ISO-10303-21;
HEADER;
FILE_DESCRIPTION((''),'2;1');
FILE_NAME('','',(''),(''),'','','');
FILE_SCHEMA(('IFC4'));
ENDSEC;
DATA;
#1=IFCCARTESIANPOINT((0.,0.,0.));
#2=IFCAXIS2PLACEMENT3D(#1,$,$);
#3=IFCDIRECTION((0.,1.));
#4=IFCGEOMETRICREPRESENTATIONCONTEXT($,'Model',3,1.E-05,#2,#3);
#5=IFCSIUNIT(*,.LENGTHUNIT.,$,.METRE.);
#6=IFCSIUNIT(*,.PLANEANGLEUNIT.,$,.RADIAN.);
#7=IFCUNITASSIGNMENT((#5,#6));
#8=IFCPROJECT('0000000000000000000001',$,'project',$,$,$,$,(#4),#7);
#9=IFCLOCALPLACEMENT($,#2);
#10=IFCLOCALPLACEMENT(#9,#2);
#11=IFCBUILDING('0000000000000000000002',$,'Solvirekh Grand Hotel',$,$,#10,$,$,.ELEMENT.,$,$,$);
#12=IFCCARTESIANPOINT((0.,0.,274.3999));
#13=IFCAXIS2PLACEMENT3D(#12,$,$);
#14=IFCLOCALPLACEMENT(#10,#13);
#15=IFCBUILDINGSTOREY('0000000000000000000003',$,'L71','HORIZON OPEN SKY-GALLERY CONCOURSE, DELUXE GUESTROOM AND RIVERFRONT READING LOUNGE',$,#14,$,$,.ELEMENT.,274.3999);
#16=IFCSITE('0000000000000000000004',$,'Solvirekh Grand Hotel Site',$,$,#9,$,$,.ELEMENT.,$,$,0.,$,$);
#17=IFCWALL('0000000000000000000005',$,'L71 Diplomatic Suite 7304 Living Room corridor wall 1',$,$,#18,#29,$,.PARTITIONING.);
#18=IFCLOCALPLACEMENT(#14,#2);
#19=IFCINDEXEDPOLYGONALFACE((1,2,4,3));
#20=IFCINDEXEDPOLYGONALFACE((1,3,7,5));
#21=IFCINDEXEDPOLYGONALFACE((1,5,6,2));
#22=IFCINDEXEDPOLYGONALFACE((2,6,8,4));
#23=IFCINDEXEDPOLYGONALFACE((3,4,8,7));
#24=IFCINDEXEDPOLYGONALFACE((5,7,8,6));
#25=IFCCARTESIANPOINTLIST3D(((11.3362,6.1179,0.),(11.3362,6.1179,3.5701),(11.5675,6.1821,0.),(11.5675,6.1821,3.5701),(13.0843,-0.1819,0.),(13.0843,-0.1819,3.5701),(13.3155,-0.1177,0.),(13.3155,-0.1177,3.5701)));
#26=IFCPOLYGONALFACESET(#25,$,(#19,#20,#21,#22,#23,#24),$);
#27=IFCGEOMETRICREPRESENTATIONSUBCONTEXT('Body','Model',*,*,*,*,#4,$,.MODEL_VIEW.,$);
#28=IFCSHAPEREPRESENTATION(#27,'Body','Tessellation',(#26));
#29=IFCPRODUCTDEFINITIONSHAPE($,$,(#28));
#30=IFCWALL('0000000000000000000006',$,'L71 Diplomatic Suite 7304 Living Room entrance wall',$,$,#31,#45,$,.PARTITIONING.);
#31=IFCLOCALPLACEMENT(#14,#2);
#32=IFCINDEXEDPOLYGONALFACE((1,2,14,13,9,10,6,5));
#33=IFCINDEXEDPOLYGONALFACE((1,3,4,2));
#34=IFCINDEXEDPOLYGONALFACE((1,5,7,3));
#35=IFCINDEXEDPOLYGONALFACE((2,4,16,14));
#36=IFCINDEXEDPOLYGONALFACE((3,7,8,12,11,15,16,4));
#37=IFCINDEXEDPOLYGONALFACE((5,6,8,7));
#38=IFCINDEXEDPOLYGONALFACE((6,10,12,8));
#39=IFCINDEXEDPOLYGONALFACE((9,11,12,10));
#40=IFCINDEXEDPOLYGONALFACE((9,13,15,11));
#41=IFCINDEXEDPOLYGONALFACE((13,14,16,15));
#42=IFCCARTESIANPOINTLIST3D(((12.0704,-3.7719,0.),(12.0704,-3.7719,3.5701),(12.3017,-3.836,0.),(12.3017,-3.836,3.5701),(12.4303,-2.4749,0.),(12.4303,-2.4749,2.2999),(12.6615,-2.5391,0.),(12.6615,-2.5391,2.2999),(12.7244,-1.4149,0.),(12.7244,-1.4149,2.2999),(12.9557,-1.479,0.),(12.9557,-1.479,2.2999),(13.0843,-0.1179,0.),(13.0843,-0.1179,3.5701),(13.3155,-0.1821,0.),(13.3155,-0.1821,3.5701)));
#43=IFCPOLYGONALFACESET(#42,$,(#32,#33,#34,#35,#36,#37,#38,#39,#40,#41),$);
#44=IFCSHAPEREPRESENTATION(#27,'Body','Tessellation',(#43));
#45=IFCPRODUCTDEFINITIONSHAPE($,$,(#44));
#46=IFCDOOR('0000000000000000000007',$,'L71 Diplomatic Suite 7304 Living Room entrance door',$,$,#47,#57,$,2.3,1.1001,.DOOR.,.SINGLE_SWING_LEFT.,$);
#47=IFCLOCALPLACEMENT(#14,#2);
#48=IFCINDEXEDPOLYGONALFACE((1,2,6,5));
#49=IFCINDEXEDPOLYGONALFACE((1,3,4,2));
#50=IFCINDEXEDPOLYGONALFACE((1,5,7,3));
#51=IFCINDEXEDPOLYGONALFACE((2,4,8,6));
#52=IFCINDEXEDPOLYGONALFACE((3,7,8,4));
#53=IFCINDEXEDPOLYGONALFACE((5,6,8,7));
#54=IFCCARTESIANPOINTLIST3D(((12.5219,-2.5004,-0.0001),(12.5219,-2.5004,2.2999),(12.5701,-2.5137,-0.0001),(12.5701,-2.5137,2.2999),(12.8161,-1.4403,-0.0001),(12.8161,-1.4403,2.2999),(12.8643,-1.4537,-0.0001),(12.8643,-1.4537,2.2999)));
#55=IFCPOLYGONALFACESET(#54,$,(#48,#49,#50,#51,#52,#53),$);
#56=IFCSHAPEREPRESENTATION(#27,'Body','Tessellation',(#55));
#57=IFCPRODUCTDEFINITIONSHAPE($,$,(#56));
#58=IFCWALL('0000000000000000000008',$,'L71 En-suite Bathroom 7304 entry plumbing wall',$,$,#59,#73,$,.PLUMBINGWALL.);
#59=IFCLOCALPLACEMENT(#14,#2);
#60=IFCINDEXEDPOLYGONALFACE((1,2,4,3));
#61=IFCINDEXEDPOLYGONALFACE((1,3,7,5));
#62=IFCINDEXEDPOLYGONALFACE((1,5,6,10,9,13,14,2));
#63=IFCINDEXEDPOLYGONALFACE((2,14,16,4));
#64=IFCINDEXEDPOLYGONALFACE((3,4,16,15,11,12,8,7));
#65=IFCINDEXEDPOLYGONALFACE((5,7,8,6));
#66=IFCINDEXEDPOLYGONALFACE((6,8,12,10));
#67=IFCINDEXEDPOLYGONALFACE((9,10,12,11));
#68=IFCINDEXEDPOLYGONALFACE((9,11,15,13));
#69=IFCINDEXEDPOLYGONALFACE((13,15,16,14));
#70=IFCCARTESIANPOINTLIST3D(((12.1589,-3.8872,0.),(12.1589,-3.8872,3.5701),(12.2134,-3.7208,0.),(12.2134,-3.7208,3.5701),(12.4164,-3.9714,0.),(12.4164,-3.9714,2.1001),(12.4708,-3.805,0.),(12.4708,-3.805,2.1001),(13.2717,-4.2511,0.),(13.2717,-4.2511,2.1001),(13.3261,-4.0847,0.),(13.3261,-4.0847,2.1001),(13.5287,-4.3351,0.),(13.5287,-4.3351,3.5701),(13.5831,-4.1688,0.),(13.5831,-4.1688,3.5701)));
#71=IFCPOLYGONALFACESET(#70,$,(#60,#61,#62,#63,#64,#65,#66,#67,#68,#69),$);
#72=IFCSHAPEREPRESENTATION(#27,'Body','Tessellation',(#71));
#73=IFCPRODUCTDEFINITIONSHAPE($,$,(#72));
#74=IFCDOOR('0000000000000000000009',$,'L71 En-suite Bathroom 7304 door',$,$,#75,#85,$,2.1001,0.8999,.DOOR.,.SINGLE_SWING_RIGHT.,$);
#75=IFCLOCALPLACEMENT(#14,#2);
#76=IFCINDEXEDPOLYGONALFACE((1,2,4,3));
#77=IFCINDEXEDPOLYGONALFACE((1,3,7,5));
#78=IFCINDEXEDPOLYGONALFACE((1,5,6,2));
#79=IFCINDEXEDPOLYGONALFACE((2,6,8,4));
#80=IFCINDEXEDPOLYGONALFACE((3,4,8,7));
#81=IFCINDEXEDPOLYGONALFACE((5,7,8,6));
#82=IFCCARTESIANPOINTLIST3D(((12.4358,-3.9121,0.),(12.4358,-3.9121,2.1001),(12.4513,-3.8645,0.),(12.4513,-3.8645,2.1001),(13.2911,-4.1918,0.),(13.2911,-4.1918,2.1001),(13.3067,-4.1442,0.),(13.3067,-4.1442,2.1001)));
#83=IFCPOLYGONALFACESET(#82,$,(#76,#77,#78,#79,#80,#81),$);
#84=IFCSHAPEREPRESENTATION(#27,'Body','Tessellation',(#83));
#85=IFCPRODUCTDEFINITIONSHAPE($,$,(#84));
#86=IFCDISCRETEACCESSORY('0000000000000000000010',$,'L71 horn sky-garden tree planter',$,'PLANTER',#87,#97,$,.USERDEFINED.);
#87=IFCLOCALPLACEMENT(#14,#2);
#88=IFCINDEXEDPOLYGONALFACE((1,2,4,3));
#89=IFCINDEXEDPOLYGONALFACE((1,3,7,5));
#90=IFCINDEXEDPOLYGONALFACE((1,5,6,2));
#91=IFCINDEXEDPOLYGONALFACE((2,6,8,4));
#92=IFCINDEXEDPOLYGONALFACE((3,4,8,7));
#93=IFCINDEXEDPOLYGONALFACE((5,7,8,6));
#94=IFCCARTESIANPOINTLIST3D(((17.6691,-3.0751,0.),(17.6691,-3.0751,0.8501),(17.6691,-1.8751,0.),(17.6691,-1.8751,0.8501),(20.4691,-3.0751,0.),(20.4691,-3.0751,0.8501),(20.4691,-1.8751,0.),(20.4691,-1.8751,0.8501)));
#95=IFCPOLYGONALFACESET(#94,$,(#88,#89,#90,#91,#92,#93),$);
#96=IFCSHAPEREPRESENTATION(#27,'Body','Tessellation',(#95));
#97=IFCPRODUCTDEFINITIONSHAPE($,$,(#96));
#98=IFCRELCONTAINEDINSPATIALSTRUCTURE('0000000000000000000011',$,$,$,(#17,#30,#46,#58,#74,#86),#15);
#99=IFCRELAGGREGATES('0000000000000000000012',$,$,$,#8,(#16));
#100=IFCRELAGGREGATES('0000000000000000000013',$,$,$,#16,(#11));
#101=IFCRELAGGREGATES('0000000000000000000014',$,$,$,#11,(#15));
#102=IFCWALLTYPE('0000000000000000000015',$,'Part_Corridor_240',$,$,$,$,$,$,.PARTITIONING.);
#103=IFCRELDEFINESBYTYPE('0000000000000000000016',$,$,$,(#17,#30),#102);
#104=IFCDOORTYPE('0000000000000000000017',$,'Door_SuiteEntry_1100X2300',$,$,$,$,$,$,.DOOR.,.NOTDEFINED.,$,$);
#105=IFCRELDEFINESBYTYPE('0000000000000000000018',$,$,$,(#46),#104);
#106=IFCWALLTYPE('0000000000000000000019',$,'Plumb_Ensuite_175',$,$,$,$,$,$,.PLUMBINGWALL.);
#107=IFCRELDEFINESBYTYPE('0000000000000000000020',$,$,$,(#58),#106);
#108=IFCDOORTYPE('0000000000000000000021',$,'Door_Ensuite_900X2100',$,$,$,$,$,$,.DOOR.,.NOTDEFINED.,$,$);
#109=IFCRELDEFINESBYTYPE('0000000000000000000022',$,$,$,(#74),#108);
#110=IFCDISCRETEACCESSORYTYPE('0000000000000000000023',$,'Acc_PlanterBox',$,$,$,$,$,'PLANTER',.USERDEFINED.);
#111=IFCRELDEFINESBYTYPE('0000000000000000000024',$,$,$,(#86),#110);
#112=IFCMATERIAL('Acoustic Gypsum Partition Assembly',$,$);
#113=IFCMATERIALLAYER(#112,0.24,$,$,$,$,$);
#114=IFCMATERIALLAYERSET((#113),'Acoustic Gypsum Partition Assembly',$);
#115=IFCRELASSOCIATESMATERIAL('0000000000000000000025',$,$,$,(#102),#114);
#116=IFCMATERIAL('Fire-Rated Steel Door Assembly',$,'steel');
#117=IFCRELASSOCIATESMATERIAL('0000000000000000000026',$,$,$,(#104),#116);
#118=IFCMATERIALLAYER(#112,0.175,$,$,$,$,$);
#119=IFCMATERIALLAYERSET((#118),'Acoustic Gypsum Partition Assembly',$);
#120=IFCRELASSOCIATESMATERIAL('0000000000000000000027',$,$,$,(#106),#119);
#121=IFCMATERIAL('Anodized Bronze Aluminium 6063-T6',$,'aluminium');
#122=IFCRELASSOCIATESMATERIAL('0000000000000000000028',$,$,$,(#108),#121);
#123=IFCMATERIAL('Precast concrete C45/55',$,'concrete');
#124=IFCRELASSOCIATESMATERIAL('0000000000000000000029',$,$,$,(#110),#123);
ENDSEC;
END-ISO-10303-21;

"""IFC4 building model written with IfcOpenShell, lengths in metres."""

from ifc_helpers import new_model, si_unit, direction, frame, frame_2d, origin, origin_2d, place, context, subcontext, project, spatial, rectangle, extrude, material, layer, layer_set, type_object, element, fill, save


model = new_model("IFC4")

# Units and contexts
model_context = context("Model", 3, precision=1e-05, world=origin(), true_north=direction((0.0, 1.0)))
body_context = subcontext(model_context, "Body", "Model", "MODEL_VIEW")
ifc_project = project(units=[si_unit("LENGTHUNIT", "METRE"), si_unit("PLANEANGLEUNIT", "RADIAN")], contexts=[model_context])

# Site, building, storey
site_placement = place(None, origin())
site = spatial("IfcSite", under=ifc_project, at=site_placement, Name="Solvirekh Grand Hotel Site", CompositionType="ELEMENT", RefElevation=0.0)
building_placement = place(site_placement, origin())
building = spatial("IfcBuilding", under=site, at=building_placement, Name="Solvirekh Grand Hotel", CompositionType="ELEMENT")
storey_placement = place(building_placement, frame((0.0, 0.0, 274.3999)))
storey = spatial("IfcBuildingStorey", under=building, at=storey_placement, Name="L71", Description="HORIZON OPEN SKY-GALLERY CONCOURSE, DELUXE GUESTROOM AND RIVERFRONT READING LOUNGE", CompositionType="ELEMENT", Elevation=274.3999)

# Shared definitions
ifc_material_1 = material(Name="Precast concrete C45/55", Category="concrete")

# Shared definitions
ifc_material_2 = material(Name="Acoustic Gypsum Partition Assembly")
ifc_layer_1 = layer(ifc_material_2, 0.24)
ifc_layer_set_1 = layer_set([ifc_layer_1], Name="Acoustic Gypsum Partition Assembly")
wall_type_1 = type_object("IfcWallType", Name="Part_Corridor_240", PredefinedType="PARTITIONING", material=ifc_layer_set_1)
ifc_material_3 = material(Name="Fire-Rated Steel Door Assembly", Category="steel")

# Wall
wall_1_placement = place(storey_placement, frame((13.2, -0.1499, 0.0), z_axis=(0.0, 0.0, 1.0), x_axis=(-0.267374, 0.963593, 0.0)))
element("IfcWall", 1, at=wall_1_placement, inside=storey, type_object=wall_type_1, Name="L71 Diplomatic Suite 7304 Living Room corridor wall 1", PredefinedType="PARTITIONING", context=body_context, shape_type="SweptSolid", body=[
    extrude(rectangle(XDim=6.5378, YDim=0.24, at=frame_2d((3.269, 0.0))), origin(), (0.0, 0.0, 1.0), 3.5701),
])

# Walls, openings, doors
wall_2_placement = place(storey_placement, frame((12.186, -3.804, 0.0), z_axis=(0.0, 0.0, 1.0), x_axis=(0.267375, 0.963593, 0.0)))
wall_2 = element("IfcWall", 2, at=wall_2_placement, inside=storey, type_object=wall_type_1, Name="L71 Diplomatic Suite 7304 Living Room entrance wall", PredefinedType="PARTITIONING", context=body_context, shape_type="SweptSolid", body=[
    extrude(rectangle(XDim=3.792, YDim=0.24, at=frame_2d((1.896, 0.0))), origin(), (0.0, 0.0, 1.0), 3.5701),
])
opening_1_placement = place(wall_2_placement, frame((1.3459, 0.0, 0.0)))
opening_1 = element("IfcOpeningElement", 3, at=opening_1_placement, cuts=wall_2, PredefinedType="OPENING", context=body_context, shape_type="SweptSolid", body=[
    extrude(rectangle(XDim=1.1001, YDim=2.3, at=frame_2d((0.55, 1.1499))), frame((0.0, 0.1299, 0.0), z_axis=(0.0, -1.0, 0.0), x_axis=(1.0, 0.0, 0.0)), (0.0, 0.0, 1.0), 0.26),
])
door_type_1 = type_object("IfcDoorType", Name="Door_SuiteEntry_1100X2300", OperationType="NOTDEFINED", PredefinedType="DOOR", material=ifc_material_3)
door_1_placement = place(opening_1_placement, origin())
door_1 = element("IfcDoor", 4, at=door_1_placement, inside=storey, type_object=door_type_1, Name="L71 Diplomatic Suite 7304 Living Room entrance door", OperationType="SINGLE_SWING_LEFT", OverallHeight=2.3, OverallWidth=1.1001, PredefinedType="DOOR", context=body_context, shape_type="SweptSolid", body=[
    extrude(rectangle(XDim=1.1001, YDim=2.3, at=frame_2d((0.55, 1.1499))), frame((0.0, 0.0249, 0.0), z_axis=(0.0, -1.0, 0.0), x_axis=(1.0, 0.0, 0.0)), (0.0, 0.0, 1.0), 0.05),
])
fill(opening_1, door_1)
ifc_layer_2 = layer(ifc_material_2, 0.175)
ifc_layer_set_2 = layer_set([ifc_layer_2], Name="Acoustic Gypsum Partition Assembly")
wall_type_2 = type_object("IfcWallType", Name="Plumb_Ensuite_175", PredefinedType="PLUMBINGWALL", material=ifc_layer_set_2)
wall_3_placement = place(storey_placement, frame((12.186, -3.804, 0.0), z_axis=(0.0, 0.0, 1.0), x_axis=(0.950464, -0.310836, 0.0)))
wall_3 = element("IfcWall", 5, at=wall_3_placement, inside=storey, type_object=wall_type_2, Name="L71 En-suite Bathroom 7304 entry plumbing wall", PredefinedType="PLUMBINGWALL", context=body_context, shape_type="SweptSolid", body=[
    extrude(rectangle(XDim=1.4412, YDim=0.175, at=frame_2d((0.7207, 0.0))), origin(), (0.0, 0.0, 1.0), 3.5701),
])
opening_2_placement = place(wall_3_placement, frame((0.271, 0.0, 0.0)))
opening_2 = element("IfcOpeningElement", 6, at=opening_2_placement, cuts=wall_3, PredefinedType="OPENING", context=body_context, shape_type="SweptSolid", body=[
    extrude(rectangle(XDim=0.8999, YDim=2.1001, at=frame_2d((0.45, 1.05))), frame((0.0, 0.0977, 0.0), z_axis=(0.0, -1.0, 0.0), x_axis=(1.0, 0.0, 0.0)), (0.0, 0.0, 1.0), 0.1951),
])
ifc_material_4 = material(Name="Anodized Bronze Aluminium 6063-T6", Category="aluminium")
door_type_2 = type_object("IfcDoorType", Name="Door_Ensuite_900X2100", OperationType="NOTDEFINED", PredefinedType="DOOR", material=ifc_material_4)
door_2_placement = place(opening_2_placement, origin())
door_2 = element("IfcDoor", 7, at=door_2_placement, inside=storey, type_object=door_type_2, Name="L71 En-suite Bathroom 7304 door", OperationType="SINGLE_SWING_RIGHT", OverallHeight=2.1001, OverallWidth=0.8999, PredefinedType="DOOR", context=body_context, shape_type="SweptSolid", body=[
    extrude(rectangle(XDim=0.8999, YDim=2.1001, at=frame_2d((0.45, 1.05))), frame((0.0, 0.0249, 0.0), z_axis=(0.0, -1.0, 0.0), x_axis=(1.0, 0.0, 0.0)), (0.0, 0.0, 1.0), 0.05),
])
fill(opening_2, door_2)

# Discrete accessory
discrete_accessory_type = type_object("IfcDiscreteAccessoryType", Name="Acc_PlanterBox", ElementType="PLANTER", PredefinedType="USERDEFINED", material=ifc_material_1)
discrete_accessory_placement = place(storey_placement, frame((19.0691, -2.4751, 0.0), z_axis=(0.0, 0.0, 1.0), x_axis=(0.0, 1.0, 0.0)))
element("IfcDiscreteAccessory", 8, at=discrete_accessory_placement, inside=storey, type_object=discrete_accessory_type, Name="L71 horn sky-garden tree planter", ObjectType="PLANTER", PredefinedType="USERDEFINED", context=body_context, shape_type="SweptSolid", body=[
    extrude(rectangle(XDim=1.2, YDim=2.8, at=origin_2d()), origin(), (0.0, 0.0, 1.0), 0.8501),
])

save(model, "model.ifc")
